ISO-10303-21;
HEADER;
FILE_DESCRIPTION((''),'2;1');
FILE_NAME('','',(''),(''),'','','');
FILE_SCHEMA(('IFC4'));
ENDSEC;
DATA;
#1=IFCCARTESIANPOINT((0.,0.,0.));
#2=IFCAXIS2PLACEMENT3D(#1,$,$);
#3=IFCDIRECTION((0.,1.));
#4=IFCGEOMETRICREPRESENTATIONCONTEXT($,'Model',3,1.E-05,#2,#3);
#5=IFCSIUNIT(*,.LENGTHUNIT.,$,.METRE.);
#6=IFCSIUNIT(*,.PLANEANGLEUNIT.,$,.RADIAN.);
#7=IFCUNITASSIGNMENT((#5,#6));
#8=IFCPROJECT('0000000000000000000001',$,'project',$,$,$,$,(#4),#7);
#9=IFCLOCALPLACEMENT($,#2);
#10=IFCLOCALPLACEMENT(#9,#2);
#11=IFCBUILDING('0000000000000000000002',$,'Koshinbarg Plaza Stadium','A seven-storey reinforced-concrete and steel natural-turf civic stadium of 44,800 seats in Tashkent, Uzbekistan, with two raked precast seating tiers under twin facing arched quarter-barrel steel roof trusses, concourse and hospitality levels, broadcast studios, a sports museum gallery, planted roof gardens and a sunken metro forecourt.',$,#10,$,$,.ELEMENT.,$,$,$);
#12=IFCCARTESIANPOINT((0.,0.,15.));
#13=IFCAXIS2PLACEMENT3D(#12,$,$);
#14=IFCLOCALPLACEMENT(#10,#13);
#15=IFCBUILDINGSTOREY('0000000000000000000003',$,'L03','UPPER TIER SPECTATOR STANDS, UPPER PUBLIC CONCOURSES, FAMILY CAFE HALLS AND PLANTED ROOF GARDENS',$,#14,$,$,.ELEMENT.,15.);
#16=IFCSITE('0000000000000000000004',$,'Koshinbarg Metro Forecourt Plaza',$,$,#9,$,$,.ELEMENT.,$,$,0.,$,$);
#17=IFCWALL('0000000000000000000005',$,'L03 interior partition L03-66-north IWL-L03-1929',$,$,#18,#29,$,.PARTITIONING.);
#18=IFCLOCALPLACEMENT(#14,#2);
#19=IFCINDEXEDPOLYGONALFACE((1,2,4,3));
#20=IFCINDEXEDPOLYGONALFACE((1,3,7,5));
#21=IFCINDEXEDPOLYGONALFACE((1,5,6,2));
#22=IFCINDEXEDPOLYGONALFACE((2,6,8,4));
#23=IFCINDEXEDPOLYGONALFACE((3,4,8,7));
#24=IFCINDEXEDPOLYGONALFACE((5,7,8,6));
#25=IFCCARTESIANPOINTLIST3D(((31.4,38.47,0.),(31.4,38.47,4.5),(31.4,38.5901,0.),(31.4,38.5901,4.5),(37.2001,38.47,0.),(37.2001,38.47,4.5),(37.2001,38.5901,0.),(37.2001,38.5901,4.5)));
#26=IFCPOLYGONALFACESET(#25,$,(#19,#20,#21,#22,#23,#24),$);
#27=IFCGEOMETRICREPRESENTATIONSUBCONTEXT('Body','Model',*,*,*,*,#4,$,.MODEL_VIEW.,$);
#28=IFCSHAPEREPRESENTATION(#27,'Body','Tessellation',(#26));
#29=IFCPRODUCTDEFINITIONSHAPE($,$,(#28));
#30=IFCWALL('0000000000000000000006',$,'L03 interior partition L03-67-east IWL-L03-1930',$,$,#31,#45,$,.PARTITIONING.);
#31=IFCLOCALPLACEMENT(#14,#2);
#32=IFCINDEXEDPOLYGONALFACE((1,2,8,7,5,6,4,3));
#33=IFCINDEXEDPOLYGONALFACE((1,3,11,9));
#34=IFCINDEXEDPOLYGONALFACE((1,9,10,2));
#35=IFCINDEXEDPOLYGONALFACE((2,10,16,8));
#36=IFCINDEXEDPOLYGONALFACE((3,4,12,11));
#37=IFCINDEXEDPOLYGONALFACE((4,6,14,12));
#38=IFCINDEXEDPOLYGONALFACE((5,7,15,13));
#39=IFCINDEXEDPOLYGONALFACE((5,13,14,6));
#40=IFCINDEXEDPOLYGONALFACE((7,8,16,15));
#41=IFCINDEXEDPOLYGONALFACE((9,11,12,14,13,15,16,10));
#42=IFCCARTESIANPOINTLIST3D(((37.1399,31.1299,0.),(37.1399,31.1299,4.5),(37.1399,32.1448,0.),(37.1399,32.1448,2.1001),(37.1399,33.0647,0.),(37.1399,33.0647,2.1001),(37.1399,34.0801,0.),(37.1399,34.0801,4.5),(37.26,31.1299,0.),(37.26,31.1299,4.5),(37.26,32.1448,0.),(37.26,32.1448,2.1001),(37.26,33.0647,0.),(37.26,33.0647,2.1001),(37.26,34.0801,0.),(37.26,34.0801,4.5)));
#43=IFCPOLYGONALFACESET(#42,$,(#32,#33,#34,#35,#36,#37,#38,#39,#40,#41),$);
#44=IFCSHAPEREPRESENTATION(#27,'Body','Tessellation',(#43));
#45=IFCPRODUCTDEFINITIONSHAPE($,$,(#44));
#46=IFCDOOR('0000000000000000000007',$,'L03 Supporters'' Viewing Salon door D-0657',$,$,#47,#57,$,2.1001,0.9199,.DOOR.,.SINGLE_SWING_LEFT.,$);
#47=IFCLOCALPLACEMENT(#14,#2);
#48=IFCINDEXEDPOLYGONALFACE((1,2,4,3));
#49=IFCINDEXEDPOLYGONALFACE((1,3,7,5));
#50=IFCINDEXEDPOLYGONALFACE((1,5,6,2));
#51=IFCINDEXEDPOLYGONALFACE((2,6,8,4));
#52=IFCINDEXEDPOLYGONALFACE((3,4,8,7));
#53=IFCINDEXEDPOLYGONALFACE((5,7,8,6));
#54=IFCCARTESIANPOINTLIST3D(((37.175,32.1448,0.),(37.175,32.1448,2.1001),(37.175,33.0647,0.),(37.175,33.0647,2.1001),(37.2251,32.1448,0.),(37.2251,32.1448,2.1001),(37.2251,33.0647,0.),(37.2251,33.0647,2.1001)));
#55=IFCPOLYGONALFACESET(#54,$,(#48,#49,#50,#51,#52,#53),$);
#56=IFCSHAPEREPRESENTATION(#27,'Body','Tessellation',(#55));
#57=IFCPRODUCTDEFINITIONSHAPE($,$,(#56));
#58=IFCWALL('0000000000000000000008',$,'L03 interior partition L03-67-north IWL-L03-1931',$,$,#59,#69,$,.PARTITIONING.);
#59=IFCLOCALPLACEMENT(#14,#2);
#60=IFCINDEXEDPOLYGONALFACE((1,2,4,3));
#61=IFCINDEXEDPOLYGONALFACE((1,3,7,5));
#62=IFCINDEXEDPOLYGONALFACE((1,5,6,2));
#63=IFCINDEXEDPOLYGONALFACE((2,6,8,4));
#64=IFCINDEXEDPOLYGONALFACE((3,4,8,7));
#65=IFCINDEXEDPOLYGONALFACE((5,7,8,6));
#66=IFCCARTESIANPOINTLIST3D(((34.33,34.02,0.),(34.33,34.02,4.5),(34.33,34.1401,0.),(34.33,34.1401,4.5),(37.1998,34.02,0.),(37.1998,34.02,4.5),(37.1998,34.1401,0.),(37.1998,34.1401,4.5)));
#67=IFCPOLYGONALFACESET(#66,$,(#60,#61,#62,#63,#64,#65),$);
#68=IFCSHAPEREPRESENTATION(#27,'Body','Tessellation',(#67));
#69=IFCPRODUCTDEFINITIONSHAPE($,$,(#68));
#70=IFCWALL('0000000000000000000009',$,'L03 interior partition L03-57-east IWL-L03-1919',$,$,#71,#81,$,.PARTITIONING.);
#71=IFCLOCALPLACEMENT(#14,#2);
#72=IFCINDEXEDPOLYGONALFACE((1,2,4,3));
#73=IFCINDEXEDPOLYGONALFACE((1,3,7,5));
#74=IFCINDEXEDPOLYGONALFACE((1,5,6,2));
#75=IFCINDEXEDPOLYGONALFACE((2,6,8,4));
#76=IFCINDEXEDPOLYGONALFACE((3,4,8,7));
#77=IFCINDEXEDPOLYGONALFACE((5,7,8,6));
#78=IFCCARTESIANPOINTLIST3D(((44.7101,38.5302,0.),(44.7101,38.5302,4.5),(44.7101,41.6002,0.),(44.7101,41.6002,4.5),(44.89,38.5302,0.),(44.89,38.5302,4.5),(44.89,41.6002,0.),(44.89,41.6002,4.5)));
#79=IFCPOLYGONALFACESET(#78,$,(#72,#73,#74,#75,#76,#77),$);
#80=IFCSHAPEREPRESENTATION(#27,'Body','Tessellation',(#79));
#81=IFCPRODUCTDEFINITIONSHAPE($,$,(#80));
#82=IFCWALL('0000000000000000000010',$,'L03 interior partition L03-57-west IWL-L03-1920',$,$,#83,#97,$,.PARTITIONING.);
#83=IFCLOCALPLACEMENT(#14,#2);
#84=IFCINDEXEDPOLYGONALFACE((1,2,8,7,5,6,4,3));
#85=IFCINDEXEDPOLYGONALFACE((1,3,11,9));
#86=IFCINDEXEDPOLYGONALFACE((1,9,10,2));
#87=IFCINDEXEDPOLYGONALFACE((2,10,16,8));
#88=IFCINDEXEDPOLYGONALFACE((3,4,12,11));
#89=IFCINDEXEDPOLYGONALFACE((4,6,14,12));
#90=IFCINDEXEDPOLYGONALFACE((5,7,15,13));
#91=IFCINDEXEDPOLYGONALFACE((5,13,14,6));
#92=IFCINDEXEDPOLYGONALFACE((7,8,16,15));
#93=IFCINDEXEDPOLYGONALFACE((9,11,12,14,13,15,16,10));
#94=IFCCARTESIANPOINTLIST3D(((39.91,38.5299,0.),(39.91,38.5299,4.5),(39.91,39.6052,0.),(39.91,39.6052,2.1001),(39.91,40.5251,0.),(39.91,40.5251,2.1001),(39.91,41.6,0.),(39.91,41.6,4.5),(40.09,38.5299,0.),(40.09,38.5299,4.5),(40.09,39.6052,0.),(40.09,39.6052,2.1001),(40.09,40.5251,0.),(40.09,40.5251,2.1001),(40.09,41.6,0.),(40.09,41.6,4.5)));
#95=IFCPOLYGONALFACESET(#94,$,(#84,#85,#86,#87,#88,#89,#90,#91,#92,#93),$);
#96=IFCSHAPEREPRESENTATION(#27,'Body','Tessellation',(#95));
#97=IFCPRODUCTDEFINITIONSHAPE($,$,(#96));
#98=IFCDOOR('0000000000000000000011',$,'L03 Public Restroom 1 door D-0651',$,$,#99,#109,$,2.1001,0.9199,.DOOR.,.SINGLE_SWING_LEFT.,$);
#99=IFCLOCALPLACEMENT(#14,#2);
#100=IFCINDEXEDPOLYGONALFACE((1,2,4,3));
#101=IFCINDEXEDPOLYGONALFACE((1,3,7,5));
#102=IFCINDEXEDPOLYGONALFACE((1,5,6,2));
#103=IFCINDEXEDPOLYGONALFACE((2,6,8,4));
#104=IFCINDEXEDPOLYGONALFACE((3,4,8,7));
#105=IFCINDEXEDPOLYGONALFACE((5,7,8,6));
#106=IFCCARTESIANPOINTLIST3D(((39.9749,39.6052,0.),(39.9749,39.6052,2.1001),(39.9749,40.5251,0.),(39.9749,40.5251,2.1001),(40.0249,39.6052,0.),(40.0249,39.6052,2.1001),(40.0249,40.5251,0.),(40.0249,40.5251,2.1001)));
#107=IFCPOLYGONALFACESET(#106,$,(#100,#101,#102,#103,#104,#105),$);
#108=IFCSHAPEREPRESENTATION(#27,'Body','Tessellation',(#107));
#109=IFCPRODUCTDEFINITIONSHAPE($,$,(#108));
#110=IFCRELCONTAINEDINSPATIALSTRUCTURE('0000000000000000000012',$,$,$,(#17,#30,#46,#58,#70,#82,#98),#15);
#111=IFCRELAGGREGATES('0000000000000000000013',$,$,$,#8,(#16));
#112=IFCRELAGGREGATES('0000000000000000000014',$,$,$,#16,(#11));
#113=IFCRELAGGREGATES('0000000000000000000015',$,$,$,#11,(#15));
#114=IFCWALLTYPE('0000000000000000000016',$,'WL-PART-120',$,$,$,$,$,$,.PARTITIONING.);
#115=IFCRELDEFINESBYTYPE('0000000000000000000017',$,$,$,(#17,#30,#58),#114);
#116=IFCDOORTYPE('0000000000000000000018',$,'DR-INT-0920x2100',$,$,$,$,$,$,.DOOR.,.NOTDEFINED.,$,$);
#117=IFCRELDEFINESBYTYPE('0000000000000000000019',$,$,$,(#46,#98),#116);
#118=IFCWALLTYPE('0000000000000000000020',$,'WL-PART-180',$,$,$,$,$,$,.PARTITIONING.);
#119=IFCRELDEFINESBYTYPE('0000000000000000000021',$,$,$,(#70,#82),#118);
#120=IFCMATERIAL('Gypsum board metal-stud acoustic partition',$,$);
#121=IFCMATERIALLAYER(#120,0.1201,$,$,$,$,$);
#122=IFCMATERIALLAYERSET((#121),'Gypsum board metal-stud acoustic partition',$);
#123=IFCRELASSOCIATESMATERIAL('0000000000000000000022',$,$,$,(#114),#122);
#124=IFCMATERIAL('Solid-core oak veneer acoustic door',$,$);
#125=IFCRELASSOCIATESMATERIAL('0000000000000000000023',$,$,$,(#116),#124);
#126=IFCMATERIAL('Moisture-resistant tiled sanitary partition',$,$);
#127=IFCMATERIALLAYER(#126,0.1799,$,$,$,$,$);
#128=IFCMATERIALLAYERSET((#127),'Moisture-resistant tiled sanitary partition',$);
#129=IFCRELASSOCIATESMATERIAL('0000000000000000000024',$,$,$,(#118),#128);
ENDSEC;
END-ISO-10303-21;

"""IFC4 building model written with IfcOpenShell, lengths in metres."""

from ifc_helpers import new_model, si_unit, direction, frame, frame_2d, origin, place, context, subcontext, project, spatial, rectangle, extrude, material, layer, layer_set, type_object, element, fill, save


model = new_model("IFC4")

# Units and contexts
model_context = context("Model", 3, precision=1e-05, world=origin(), true_north=direction((0.0, 1.0)))
body_context = subcontext(model_context, "Body", "Model", "MODEL_VIEW")
ifc_project = project(units=[si_unit("LENGTHUNIT", "METRE"), si_unit("PLANEANGLEUNIT", "RADIAN")], contexts=[model_context])

# Site, building, storey
site_placement = place(None, origin())
site = spatial("IfcSite", under=ifc_project, at=site_placement, Name="Koshinbarg Metro Forecourt Plaza", CompositionType="ELEMENT", RefElevation=0.0)
building_placement = place(site_placement, origin())
building = spatial("IfcBuilding", under=site, at=building_placement, Name="Koshinbarg Plaza Stadium", Description="A seven-storey reinforced-concrete and steel natural-turf civic stadium of 44,800 seats in Tashkent, Uzbekistan, with two raked precast seating tiers under twin facing arched quarter-barrel steel roof trusses, concourse and hospitality levels, broadcast studios, a sports museum gallery, planted roof gardens and a sunken metro forecourt.", CompositionType="ELEMENT")
storey_placement = place(building_placement, frame((0.0, 0.0, 15.0)))
storey = spatial("IfcBuildingStorey", under=building, at=storey_placement, Name="L03", Description="UPPER TIER SPECTATOR STANDS, UPPER PUBLIC CONCOURSES, FAMILY CAFE HALLS AND PLANTED ROOF GARDENS", CompositionType="ELEMENT", Elevation=15.0)

# Shared definitions
ifc_material_1 = material(Name="Gypsum board metal-stud acoustic partition")
ifc_layer_1 = layer(ifc_material_1, 0.1201)
ifc_layer_set_1 = layer_set([ifc_layer_1], Name="Gypsum board metal-stud acoustic partition")
wall_type_1 = type_object("IfcWallType", Name="WL-PART-120", PredefinedType="PARTITIONING", material=ifc_layer_set_1)
ifc_material_2 = material(Name="Solid-core oak veneer acoustic door")
door_type_1 = type_object("IfcDoorType", Name="DR-INT-0920x2100", OperationType="NOTDEFINED", PredefinedType="DOOR", material=ifc_material_2)

# Wall
wall_1_placement = place(storey_placement, frame((37.2, 38.53, 0.0), z_axis=(0.0, 0.0, 1.0), x_axis=(-1.0, 0.0, 0.0)))
element("IfcWall", 1, at=wall_1_placement, inside=storey, type_object=wall_type_1, Name="L03 interior partition L03-66-north IWL-L03-1929", PredefinedType="PARTITIONING", context=body_context, shape_type="SweptSolid", body=[
    extrude(rectangle(XDim=5.8, YDim=0.1201, at=frame_2d((2.8999, 0.0))), origin(), (0.0, 0.0, 1.0), 4.5),
])

# Wall, opening, door
wall_2_placement = place(storey_placement, frame((37.2, 31.1299, 0.0), z_axis=(0.0, 0.0, 1.0), x_axis=(0.0, 1.0, 0.0)))
wall_2 = element("IfcWall", 2, at=wall_2_placement, inside=storey, type_object=wall_type_1, Name="L03 interior partition L03-67-east IWL-L03-1930", PredefinedType="PARTITIONING", context=body_context, shape_type="SweptSolid", body=[
    extrude(rectangle(XDim=2.9502, YDim=0.1201, at=frame_2d((1.4751, 0.0))), origin(), (0.0, 0.0, 1.0), 4.5),
])
opening_1_placement = place(wall_2_placement, frame((1.0149, 0.0, 0.0)))
opening_1 = element("IfcOpeningElement", 3, at=opening_1_placement, cuts=wall_2, PredefinedType="OPENING", context=body_context, shape_type="SweptSolid", body=[
    extrude(rectangle(XDim=0.9199, YDim=2.1001, at=frame_2d((0.46, 1.05))), frame((0.0, 0.0701, 0.0), z_axis=(0.0, -1.0, 0.0), x_axis=(1.0, 0.0, 0.0)), (0.0, 0.0, 1.0), 0.1401),
])
door_1_placement = place(opening_1_placement, origin())
door_1 = element("IfcDoor", 4, at=door_1_placement, inside=storey, type_object=door_type_1, Name="L03 Supporters' Viewing Salon door D-0657", OperationType="SINGLE_SWING_LEFT", OverallHeight=2.1001, OverallWidth=0.9199, PredefinedType="DOOR", context=body_context, shape_type="SweptSolid", body=[
    extrude(rectangle(XDim=0.9199, YDim=2.1001, at=frame_2d((0.46, 1.05))), frame((0.0, 0.0249, 0.0), z_axis=(0.0, -1.0, 0.0), x_axis=(1.0, 0.0, 0.0)), (0.0, 0.0, 1.0), 0.05),
])
fill(opening_1, door_1)

# Walls
wall_3_placement = place(storey_placement, frame((37.2, 34.0801, 0.0), z_axis=(0.0, 0.0, 1.0), x_axis=(-1.0, 0.0, 0.0)))
element("IfcWall", 5, at=wall_3_placement, inside=storey, type_object=wall_type_1, Name="L03 interior partition L03-67-north IWL-L03-1931", PredefinedType="PARTITIONING", context=body_context, shape_type="SweptSolid", body=[
    extrude(rectangle(XDim=2.8699, YDim=0.1201, at=frame_2d((1.4351, 0.0))), origin(), (0.0, 0.0, 1.0), 4.5),
])
ifc_material_3 = material(Name="Moisture-resistant tiled sanitary partition")
ifc_layer_2 = layer(ifc_material_3, 0.1799)
ifc_layer_set_2 = layer_set([ifc_layer_2], Name="Moisture-resistant tiled sanitary partition")
wall_type_2 = type_object("IfcWallType", Name="WL-PART-180", PredefinedType="PARTITIONING", material=ifc_layer_set_2)
wall_4_placement = place(storey_placement, frame((44.8, 38.53, 0.0), z_axis=(0.0, 0.0, 1.0), x_axis=(0.0, 1.0, 0.0)))
element("IfcWall", 6, at=wall_4_placement, inside=storey, type_object=wall_type_2, Name="L03 interior partition L03-57-east IWL-L03-1919", PredefinedType="PARTITIONING", context=body_context, shape_type="SweptSolid", body=[
    extrude(rectangle(XDim=3.0701, YDim=0.1799, at=frame_2d((1.5352, 0.0))), origin(), (0.0, 0.0, 1.0), 4.5),
])

# Wall, opening, door
wall_5_placement = place(storey_placement, frame((40.0, 41.6001, 0.0), z_axis=(0.0, 0.0, 1.0), x_axis=(0.0, -1.0, 0.0)))
wall_5 = element("IfcWall", 7, at=wall_5_placement, inside=storey, type_object=wall_type_2, Name="L03 interior partition L03-57-west IWL-L03-1920", PredefinedType="PARTITIONING", context=body_context, shape_type="SweptSolid", body=[
    extrude(rectangle(XDim=3.0701, YDim=0.1799, at=frame_2d((1.5352, 0.0))), origin(), (0.0, 0.0, 1.0), 4.5),
])
opening_2_placement = place(wall_5_placement, frame((1.075, 0.0, 0.0)))
opening_2 = element("IfcOpeningElement", 8, at=opening_2_placement, cuts=wall_5, PredefinedType="OPENING", context=body_context, shape_type="SweptSolid", body=[
    extrude(rectangle(XDim=0.9199, YDim=2.1001, at=frame_2d((0.46, 1.05))), frame((0.0, 0.0999, 0.0), z_axis=(0.0, -1.0, 0.0), x_axis=(1.0, 0.0, 0.0)), (0.0, 0.0, 1.0), 0.2),
])
door_2_placement = place(opening_2_placement, origin())
door_2 = element("IfcDoor", 9, at=door_2_placement, inside=storey, type_object=door_type_1, Name="L03 Public Restroom 1 door D-0651", OperationType="SINGLE_SWING_LEFT", OverallHeight=2.1001, OverallWidth=0.9199, PredefinedType="DOOR", context=body_context, shape_type="SweptSolid", body=[
    extrude(rectangle(XDim=0.9199, YDim=2.1001, at=frame_2d((0.46, 1.05))), frame((0.0, 0.0249, 0.0), z_axis=(0.0, -1.0, 0.0), x_axis=(1.0, 0.0, 0.0)), (0.0, 0.0, 1.0), 0.05),
])
fill(opening_2, door_2)

save(model, "model.ifc")
